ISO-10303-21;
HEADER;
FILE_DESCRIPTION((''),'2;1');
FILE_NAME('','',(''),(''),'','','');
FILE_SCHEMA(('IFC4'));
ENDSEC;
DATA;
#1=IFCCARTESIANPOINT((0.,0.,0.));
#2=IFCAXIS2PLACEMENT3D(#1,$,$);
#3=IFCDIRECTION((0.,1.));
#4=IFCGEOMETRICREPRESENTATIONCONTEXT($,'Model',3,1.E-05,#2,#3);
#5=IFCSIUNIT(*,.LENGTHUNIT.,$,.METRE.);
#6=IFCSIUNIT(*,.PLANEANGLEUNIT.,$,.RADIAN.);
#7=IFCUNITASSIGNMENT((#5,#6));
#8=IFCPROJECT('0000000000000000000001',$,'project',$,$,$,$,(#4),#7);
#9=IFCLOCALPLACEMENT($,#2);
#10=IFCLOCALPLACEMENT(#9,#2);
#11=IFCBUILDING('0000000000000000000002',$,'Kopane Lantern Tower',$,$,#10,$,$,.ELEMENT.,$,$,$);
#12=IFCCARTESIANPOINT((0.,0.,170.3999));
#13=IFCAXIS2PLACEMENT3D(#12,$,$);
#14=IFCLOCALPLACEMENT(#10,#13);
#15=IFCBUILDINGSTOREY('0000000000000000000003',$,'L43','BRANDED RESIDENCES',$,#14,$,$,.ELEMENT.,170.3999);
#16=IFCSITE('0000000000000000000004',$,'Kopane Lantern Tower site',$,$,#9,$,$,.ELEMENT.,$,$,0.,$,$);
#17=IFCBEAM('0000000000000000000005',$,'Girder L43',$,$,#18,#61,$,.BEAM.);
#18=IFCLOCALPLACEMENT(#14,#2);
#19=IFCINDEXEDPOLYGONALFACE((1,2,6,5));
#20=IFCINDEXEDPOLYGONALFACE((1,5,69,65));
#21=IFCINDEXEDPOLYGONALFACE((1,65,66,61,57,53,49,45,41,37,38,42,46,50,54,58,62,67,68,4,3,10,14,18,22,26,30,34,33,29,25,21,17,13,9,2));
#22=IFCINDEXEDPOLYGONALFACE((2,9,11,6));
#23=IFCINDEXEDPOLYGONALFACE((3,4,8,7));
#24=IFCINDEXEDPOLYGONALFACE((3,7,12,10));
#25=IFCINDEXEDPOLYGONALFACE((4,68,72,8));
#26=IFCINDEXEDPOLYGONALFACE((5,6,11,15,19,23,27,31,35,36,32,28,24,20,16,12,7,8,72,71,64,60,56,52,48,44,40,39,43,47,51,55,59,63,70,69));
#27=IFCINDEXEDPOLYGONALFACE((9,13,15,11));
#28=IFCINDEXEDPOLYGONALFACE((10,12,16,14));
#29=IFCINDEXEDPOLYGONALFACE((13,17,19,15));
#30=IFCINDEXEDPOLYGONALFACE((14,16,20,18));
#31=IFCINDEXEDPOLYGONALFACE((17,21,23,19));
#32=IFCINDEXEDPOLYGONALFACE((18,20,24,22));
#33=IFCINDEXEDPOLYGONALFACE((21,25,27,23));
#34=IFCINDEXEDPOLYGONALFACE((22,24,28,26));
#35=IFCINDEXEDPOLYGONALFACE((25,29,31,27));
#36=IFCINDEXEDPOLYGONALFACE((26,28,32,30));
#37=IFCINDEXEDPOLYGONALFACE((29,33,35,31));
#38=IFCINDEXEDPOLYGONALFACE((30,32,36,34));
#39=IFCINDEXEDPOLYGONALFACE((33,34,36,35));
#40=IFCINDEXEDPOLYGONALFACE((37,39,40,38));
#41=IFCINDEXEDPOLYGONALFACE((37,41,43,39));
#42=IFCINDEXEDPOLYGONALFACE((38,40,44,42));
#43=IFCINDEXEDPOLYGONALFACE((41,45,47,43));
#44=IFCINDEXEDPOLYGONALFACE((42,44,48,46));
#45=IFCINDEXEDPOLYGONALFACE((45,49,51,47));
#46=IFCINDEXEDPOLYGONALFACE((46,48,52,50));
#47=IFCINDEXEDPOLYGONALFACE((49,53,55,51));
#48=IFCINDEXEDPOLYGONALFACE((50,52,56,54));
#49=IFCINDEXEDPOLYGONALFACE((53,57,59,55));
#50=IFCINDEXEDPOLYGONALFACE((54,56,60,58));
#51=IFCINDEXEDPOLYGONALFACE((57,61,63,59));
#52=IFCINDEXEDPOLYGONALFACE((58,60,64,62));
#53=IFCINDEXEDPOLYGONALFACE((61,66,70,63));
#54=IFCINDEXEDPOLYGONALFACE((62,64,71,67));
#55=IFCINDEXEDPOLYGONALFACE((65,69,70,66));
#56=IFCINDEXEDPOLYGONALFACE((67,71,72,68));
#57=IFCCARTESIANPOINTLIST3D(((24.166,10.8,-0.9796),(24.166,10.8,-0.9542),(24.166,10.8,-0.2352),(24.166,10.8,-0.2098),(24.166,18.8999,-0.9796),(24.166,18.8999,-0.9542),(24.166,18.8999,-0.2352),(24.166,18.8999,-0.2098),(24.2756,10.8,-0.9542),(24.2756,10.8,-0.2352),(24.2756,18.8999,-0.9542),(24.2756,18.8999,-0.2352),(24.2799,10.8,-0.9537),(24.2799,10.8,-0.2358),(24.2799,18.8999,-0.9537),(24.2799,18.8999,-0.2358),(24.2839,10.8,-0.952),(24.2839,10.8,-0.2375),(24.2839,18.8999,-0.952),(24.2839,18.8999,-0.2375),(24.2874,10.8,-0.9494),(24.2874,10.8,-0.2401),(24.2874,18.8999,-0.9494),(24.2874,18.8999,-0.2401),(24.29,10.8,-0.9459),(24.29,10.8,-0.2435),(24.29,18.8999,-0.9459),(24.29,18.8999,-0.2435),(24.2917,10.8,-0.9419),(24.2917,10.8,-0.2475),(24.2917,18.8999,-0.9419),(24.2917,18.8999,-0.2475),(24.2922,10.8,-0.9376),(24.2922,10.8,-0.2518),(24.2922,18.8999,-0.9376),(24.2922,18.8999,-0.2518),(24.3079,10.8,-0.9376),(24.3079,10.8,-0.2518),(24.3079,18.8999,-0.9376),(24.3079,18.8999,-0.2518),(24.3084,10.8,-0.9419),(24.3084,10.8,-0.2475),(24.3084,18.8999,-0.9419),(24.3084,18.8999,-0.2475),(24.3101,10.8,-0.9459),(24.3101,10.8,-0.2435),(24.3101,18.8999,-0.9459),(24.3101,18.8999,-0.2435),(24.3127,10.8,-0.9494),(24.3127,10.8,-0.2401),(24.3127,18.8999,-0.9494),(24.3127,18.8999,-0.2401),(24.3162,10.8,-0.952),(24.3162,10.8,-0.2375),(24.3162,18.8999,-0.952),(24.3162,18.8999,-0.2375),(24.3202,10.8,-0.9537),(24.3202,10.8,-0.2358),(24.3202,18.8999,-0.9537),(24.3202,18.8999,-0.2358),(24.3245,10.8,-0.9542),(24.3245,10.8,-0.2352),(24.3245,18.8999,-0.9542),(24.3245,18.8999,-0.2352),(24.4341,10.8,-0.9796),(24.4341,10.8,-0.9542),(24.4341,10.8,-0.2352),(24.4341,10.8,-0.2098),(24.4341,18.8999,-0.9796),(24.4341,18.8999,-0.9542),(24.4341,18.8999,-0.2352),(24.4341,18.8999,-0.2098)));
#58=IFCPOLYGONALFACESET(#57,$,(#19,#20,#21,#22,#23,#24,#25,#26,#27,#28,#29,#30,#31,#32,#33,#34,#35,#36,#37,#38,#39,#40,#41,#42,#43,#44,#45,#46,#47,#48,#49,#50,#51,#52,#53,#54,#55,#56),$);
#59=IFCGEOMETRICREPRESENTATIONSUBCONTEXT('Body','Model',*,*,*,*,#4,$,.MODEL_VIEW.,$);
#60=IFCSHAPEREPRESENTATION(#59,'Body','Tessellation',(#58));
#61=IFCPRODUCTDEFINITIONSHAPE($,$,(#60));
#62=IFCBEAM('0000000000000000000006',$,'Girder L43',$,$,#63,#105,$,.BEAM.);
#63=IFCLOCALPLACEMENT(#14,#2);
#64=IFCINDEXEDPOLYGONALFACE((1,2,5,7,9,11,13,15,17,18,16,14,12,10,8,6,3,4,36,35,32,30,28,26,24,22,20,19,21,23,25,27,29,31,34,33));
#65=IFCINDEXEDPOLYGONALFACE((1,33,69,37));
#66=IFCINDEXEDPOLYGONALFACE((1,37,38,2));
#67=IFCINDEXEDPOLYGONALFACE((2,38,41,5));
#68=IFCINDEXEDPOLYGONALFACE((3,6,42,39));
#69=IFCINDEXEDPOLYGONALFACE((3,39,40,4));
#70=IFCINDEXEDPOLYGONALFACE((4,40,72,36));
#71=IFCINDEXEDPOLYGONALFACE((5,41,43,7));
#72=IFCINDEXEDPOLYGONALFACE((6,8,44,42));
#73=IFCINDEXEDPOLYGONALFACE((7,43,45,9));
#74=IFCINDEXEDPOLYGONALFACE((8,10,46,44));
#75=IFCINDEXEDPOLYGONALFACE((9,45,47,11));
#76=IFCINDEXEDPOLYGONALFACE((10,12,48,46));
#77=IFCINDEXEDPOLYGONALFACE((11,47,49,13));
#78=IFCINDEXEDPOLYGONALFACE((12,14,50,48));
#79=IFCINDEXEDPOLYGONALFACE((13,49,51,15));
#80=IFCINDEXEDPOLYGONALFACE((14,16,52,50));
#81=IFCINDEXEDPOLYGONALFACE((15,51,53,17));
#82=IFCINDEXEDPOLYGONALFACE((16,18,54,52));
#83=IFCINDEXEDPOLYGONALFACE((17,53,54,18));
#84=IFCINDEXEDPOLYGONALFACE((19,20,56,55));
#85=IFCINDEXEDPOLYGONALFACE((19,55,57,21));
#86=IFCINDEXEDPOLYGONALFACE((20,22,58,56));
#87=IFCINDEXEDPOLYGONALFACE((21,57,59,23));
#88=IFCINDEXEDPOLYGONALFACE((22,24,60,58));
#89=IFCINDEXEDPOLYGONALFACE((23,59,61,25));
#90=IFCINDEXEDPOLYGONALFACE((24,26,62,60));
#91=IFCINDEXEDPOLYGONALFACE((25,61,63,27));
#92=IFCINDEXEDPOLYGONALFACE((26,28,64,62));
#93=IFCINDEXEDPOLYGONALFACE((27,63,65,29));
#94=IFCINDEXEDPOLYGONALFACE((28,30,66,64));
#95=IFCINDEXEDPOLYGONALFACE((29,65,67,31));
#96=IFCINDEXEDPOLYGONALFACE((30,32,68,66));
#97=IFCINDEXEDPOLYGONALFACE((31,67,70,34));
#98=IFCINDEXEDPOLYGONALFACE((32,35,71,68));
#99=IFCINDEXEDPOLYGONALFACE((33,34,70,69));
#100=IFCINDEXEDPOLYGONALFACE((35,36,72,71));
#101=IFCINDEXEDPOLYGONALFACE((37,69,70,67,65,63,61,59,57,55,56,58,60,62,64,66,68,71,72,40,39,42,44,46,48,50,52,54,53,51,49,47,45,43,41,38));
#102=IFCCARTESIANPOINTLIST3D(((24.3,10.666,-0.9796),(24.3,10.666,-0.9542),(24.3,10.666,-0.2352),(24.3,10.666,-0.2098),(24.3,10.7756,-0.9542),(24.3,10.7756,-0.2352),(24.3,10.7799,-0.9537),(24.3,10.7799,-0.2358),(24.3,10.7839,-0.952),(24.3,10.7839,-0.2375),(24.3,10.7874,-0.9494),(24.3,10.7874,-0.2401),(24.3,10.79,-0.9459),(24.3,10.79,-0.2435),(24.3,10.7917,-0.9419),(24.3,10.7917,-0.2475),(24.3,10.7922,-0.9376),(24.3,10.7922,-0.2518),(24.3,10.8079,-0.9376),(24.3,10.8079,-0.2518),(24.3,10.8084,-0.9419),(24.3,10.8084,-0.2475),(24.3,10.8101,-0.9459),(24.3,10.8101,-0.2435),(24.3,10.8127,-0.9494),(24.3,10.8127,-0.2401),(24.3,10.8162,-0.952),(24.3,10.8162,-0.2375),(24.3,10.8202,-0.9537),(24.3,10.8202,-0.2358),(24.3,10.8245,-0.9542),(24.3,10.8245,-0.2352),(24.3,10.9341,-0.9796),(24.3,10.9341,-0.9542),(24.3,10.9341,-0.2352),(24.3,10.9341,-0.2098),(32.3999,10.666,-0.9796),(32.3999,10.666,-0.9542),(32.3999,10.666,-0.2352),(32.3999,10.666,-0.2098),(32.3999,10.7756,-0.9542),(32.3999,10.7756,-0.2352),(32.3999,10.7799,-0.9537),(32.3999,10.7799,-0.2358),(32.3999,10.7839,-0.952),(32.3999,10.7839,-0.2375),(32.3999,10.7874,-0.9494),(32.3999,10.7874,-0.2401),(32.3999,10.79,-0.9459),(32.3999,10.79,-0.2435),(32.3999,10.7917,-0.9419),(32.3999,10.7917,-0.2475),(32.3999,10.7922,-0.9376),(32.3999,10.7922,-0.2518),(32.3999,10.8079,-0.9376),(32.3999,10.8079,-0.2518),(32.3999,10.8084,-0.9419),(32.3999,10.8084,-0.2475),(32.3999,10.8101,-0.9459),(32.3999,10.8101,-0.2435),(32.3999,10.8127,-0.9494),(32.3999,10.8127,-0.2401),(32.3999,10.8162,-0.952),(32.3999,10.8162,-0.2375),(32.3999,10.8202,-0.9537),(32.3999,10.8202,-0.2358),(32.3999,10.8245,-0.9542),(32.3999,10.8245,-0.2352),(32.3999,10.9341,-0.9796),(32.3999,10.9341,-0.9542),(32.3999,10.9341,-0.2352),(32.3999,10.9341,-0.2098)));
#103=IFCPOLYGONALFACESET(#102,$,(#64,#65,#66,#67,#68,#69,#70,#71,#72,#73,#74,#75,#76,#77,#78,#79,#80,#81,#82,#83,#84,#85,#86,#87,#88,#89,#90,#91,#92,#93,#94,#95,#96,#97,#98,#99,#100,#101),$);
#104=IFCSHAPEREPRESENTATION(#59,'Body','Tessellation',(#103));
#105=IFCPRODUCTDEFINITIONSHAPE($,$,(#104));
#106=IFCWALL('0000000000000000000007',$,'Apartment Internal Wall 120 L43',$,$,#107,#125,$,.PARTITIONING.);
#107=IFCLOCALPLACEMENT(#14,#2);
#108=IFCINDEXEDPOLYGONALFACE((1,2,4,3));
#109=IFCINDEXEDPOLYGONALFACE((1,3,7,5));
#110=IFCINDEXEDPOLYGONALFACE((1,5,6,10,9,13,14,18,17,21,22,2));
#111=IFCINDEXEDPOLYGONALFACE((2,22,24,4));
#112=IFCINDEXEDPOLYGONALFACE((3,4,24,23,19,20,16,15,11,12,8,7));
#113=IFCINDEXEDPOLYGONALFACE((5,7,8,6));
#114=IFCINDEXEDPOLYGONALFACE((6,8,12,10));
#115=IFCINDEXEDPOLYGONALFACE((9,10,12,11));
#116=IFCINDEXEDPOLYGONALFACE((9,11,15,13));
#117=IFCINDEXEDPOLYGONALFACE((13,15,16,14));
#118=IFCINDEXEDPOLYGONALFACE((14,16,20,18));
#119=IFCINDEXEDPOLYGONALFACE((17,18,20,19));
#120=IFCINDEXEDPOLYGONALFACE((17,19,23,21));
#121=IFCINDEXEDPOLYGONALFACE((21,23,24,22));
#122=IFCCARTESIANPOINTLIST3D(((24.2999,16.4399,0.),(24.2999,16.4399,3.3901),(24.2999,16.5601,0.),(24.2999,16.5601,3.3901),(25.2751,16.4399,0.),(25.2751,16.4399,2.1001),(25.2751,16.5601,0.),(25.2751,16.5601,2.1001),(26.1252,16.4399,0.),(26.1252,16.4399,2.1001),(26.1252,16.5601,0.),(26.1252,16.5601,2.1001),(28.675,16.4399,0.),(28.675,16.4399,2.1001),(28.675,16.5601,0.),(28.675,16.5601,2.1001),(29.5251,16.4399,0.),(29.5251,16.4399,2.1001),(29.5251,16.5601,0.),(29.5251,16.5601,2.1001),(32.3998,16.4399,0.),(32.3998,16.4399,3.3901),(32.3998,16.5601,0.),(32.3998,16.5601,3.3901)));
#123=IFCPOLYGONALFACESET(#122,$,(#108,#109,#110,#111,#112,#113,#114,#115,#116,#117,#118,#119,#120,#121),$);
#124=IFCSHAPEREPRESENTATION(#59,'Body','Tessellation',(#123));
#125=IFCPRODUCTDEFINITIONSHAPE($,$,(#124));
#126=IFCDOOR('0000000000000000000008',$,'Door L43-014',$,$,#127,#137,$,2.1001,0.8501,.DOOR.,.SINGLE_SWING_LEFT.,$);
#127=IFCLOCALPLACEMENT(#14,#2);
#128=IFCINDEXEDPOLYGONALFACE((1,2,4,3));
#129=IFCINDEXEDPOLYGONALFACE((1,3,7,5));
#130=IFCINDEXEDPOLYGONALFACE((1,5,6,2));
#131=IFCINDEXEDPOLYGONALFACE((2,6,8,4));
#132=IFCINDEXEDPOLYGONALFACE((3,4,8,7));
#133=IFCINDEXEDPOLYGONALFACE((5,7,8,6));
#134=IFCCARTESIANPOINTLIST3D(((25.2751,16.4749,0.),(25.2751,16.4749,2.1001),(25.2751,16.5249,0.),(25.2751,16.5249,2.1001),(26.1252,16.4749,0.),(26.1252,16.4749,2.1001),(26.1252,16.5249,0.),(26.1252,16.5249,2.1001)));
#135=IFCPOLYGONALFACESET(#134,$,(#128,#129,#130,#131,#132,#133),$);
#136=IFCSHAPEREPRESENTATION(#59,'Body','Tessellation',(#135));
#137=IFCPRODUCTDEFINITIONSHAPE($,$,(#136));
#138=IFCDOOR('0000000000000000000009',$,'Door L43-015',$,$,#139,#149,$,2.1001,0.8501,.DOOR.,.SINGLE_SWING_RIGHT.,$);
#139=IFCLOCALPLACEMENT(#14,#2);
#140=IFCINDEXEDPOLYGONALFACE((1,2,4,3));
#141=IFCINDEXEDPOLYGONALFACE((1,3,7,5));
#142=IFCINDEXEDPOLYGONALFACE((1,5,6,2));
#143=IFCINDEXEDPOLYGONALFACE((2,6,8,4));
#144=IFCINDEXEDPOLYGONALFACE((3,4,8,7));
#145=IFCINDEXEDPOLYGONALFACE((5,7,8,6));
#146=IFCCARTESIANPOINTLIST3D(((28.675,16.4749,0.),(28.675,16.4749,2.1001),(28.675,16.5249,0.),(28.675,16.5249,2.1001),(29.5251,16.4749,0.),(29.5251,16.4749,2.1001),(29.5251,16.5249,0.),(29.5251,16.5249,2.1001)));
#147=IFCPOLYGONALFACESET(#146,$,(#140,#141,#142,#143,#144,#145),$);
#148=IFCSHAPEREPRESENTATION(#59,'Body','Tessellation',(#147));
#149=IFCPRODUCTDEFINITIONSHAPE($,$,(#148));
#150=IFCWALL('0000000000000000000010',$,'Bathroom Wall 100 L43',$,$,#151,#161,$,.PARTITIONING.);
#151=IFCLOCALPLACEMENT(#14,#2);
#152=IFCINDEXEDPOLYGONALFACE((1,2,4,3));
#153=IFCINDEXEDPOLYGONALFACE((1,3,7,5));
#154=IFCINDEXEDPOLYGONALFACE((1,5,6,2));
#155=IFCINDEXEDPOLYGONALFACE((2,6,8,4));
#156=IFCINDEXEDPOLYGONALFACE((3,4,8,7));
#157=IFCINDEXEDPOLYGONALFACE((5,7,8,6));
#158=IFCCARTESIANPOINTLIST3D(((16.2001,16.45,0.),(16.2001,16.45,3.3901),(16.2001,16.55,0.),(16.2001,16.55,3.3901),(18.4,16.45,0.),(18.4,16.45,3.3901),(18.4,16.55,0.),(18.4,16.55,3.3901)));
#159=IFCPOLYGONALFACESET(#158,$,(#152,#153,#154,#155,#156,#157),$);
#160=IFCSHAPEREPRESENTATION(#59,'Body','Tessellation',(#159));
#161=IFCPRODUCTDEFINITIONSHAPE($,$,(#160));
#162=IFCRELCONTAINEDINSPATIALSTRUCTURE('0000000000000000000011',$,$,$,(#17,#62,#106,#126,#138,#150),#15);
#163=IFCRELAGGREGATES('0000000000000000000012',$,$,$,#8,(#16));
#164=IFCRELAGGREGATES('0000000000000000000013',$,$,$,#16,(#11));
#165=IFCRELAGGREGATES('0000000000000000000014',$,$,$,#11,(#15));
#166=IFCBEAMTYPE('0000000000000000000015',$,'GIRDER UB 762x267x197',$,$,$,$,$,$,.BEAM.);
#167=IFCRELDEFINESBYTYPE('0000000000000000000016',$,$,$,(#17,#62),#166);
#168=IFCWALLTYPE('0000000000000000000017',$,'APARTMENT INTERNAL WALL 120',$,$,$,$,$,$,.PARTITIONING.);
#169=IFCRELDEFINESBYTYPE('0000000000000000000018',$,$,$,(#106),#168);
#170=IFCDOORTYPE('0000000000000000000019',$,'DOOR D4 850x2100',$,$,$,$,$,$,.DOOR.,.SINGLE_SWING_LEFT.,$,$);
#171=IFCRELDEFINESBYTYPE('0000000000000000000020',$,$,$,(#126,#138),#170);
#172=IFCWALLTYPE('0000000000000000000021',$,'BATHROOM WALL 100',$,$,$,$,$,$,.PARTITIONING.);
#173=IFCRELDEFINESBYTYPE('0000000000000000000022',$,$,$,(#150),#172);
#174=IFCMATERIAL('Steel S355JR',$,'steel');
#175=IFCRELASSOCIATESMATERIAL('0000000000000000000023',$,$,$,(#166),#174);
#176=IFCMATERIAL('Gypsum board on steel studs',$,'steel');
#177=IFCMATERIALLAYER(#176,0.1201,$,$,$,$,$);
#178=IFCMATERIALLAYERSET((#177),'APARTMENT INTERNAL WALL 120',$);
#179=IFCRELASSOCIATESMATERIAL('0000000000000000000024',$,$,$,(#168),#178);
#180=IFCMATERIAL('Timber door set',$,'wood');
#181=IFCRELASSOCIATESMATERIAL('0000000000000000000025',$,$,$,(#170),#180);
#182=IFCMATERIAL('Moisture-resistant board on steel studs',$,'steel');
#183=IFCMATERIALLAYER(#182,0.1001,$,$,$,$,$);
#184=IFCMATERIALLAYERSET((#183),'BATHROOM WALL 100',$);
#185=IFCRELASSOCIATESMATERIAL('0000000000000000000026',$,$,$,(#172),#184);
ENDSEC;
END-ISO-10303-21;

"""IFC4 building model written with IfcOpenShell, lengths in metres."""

from ifc_helpers import new_model, si_unit, direction, frame, frame_2d, origin, origin_2d, place, context, subcontext, project, spatial, rectangle, i_section, extrude, material, layer, layer_set, material_profile, profile_set, type_object, element, fill, save


model = new_model("IFC4")

# Units and contexts
model_context = context("Model", 3, precision=1e-05, world=origin(), true_north=direction((0.0, 1.0)))
body_context = subcontext(model_context, "Body", "Model", "MODEL_VIEW")
ifc_project = project(units=[si_unit("LENGTHUNIT", "METRE"), si_unit("PLANEANGLEUNIT", "RADIAN")], contexts=[model_context])

# Site, building, storey
site_placement = place(None, origin())
site = spatial("IfcSite", under=ifc_project, at=site_placement, Name="Kopane Lantern Tower site", CompositionType="ELEMENT", RefElevation=0.0)
building_placement = place(site_placement, origin())
building = spatial("IfcBuilding", under=site, at=building_placement, Name="Kopane Lantern Tower", CompositionType="ELEMENT")
storey_placement = place(building_placement, frame((0.0, 0.0, 170.3999)))
storey = spatial("IfcBuildingStorey", under=building, at=storey_placement, Name="L43", Description="BRANDED RESIDENCES", CompositionType="ELEMENT", Elevation=170.3999)

# Beams
ifc_material_1 = material(Name="Steel S355JR", Category="steel")
ifc_material_profile_1 = material_profile(ifc_material_1, i_section(OverallWidth=0.2681, OverallDepth=0.7698, WebThickness=0.0156, FlangeThickness=0.0254, FilletRadius=0.0166, at=origin_2d()), Name="UB 762x267x197")
ifc_profile_set_1 = profile_set([ifc_material_profile_1], Name="Steel S355JR")
beam_type = type_object("IfcBeamType", Name="GIRDER UB 762x267x197", PredefinedType="BEAM", material=ifc_profile_set_1)
for number, where, z_axis, x_axis, name in (
    (1, (24.3, 10.8, -0.5947), (0.0, 1.0, 0.0), (-1.0, 0.0, 0.0), "Girder L43"),
    (2, (24.3, 10.8, -0.5947), (1.0, 0.0, 0.0), (0.0, 1.0, 0.0), "Girder L43"),
):
    element("IfcBeam", number, at=place(storey_placement, frame(where, z_axis=z_axis, x_axis=x_axis)), inside=storey, type_object=beam_type, Name=name, PredefinedType="BEAM", context=body_context, shape_type="SweptSolid", body=[
        extrude(i_section(OverallWidth=0.2681, OverallDepth=0.7698, WebThickness=0.0156, FlangeThickness=0.0254, FilletRadius=0.0166, at=origin_2d()), origin(), (0.0, 0.0, 1.0), 8.0999),
    ])

# Wall, openings, doors
ifc_material_2 = material(Name="Gypsum board on steel studs", Category="steel")
ifc_layer_1 = layer(ifc_material_2, 0.1201)
ifc_layer_set_1 = layer_set([ifc_layer_1], Name="APARTMENT INTERNAL WALL 120")
wall_type_1 = type_object("IfcWallType", Name="APARTMENT INTERNAL WALL 120", PredefinedType="PARTITIONING", material=ifc_layer_set_1)
wall_1_placement = place(storey_placement, frame((24.3, 16.5, 0.0), z_axis=(0.0, 0.0, 1.0), x_axis=(1.0, 0.0, 0.0)))
wall_1 = element("IfcWall", 3, at=wall_1_placement, inside=storey, type_object=wall_type_1, Name="Apartment Internal Wall 120 L43", PredefinedType="PARTITIONING", context=body_context, shape_type="SweptSolid", body=[
    extrude(rectangle(XDim=8.0999, YDim=0.1201, at=frame_2d((4.0498, 0.0))), origin(), (0.0, 0.0, 1.0), 3.3901),
])
opening_1_placement = place(wall_1_placement, frame((0.9751, 0.0, 0.0)))
opening_1 = element("IfcOpeningElement", 4, at=opening_1_placement, cuts=wall_1, PredefinedType="OPENING", context=body_context, shape_type="SweptSolid", body=[
    extrude(rectangle(XDim=0.8501, YDim=2.1001, at=frame_2d((0.425, 1.05))), frame((0.0, 0.0701, 0.0), z_axis=(0.0, -1.0, 0.0), x_axis=(1.0, 0.0, 0.0)), (0.0, 0.0, 1.0), 0.1401),
])
opening_2_placement = place(wall_1_placement, frame((4.375, 0.0, 0.0)))
opening_2 = element("IfcOpeningElement", 5, at=opening_2_placement, cuts=wall_1, PredefinedType="OPENING", context=body_context, shape_type="SweptSolid", body=[
    extrude(rectangle(XDim=0.8501, YDim=2.1001, at=frame_2d((0.425, 1.05))), frame((0.0, 0.0701, 0.0), z_axis=(0.0, -1.0, 0.0), x_axis=(1.0, 0.0, 0.0)), (0.0, 0.0, 1.0), 0.1401),
])
ifc_material_3 = material(Name="Timber door set", Category="wood")
door_type_1 = type_object("IfcDoorType", Name="DOOR D4 850x2100", OperationType="SINGLE_SWING_LEFT", PredefinedType="DOOR", material=ifc_material_3)
door_1_placement = place(opening_1_placement, origin())
door_1 = element("IfcDoor", 6, at=door_1_placement, inside=storey, type_object=door_type_1, Name="Door L43-014", OperationType="SINGLE_SWING_LEFT", OverallHeight=2.1001, OverallWidth=0.8501, PredefinedType="DOOR", context=body_context, shape_type="SweptSolid", body=[
    extrude(rectangle(XDim=0.8501, YDim=2.1001, at=frame_2d((0.425, 1.05))), frame((0.0, 0.0249, 0.0), z_axis=(0.0, -1.0, 0.0), x_axis=(1.0, 0.0, 0.0)), (0.0, 0.0, 1.0), 0.05),
])
fill(opening_1, door_1)
door_2_placement = place(opening_2_placement, origin())
door_2 = element("IfcDoor", 7, at=door_2_placement, inside=storey, type_object=door_type_1, Name="Door L43-015", OperationType="SINGLE_SWING_RIGHT", OverallHeight=2.1001, OverallWidth=0.8501, PredefinedType="DOOR", context=body_context, shape_type="SweptSolid", body=[
    extrude(rectangle(XDim=0.8501, YDim=2.1001, at=frame_2d((0.425, 1.05))), frame((0.0, 0.0249, 0.0), z_axis=(0.0, -1.0, 0.0), x_axis=(1.0, 0.0, 0.0)), (0.0, 0.0, 1.0), 0.05),
])
fill(opening_2, door_2)

# Wall
ifc_material_4 = material(Name="Moisture-resistant board on steel studs", Category="steel")
ifc_layer_2 = layer(ifc_material_4, 0.1001)
ifc_layer_set_2 = layer_set([ifc_layer_2], Name="BATHROOM WALL 100")
wall_type_2 = type_object("IfcWallType", Name="BATHROOM WALL 100", PredefinedType="PARTITIONING", material=ifc_layer_set_2)
wall_2_placement = place(storey_placement, frame((16.2, 16.5, 0.0), z_axis=(0.0, 0.0, 1.0), x_axis=(1.0, 0.0, 0.0)))
element("IfcWall", 8, at=wall_2_placement, inside=storey, type_object=wall_type_2, Name="Bathroom Wall 100 L43", PredefinedType="PARTITIONING", context=body_context, shape_type="SweptSolid", body=[
    extrude(rectangle(XDim=2.2, YDim=0.1001, at=frame_2d((1.1001, 0.0))), origin(), (0.0, 0.0, 1.0), 3.3901),
])

save(model, "model.ifc")
